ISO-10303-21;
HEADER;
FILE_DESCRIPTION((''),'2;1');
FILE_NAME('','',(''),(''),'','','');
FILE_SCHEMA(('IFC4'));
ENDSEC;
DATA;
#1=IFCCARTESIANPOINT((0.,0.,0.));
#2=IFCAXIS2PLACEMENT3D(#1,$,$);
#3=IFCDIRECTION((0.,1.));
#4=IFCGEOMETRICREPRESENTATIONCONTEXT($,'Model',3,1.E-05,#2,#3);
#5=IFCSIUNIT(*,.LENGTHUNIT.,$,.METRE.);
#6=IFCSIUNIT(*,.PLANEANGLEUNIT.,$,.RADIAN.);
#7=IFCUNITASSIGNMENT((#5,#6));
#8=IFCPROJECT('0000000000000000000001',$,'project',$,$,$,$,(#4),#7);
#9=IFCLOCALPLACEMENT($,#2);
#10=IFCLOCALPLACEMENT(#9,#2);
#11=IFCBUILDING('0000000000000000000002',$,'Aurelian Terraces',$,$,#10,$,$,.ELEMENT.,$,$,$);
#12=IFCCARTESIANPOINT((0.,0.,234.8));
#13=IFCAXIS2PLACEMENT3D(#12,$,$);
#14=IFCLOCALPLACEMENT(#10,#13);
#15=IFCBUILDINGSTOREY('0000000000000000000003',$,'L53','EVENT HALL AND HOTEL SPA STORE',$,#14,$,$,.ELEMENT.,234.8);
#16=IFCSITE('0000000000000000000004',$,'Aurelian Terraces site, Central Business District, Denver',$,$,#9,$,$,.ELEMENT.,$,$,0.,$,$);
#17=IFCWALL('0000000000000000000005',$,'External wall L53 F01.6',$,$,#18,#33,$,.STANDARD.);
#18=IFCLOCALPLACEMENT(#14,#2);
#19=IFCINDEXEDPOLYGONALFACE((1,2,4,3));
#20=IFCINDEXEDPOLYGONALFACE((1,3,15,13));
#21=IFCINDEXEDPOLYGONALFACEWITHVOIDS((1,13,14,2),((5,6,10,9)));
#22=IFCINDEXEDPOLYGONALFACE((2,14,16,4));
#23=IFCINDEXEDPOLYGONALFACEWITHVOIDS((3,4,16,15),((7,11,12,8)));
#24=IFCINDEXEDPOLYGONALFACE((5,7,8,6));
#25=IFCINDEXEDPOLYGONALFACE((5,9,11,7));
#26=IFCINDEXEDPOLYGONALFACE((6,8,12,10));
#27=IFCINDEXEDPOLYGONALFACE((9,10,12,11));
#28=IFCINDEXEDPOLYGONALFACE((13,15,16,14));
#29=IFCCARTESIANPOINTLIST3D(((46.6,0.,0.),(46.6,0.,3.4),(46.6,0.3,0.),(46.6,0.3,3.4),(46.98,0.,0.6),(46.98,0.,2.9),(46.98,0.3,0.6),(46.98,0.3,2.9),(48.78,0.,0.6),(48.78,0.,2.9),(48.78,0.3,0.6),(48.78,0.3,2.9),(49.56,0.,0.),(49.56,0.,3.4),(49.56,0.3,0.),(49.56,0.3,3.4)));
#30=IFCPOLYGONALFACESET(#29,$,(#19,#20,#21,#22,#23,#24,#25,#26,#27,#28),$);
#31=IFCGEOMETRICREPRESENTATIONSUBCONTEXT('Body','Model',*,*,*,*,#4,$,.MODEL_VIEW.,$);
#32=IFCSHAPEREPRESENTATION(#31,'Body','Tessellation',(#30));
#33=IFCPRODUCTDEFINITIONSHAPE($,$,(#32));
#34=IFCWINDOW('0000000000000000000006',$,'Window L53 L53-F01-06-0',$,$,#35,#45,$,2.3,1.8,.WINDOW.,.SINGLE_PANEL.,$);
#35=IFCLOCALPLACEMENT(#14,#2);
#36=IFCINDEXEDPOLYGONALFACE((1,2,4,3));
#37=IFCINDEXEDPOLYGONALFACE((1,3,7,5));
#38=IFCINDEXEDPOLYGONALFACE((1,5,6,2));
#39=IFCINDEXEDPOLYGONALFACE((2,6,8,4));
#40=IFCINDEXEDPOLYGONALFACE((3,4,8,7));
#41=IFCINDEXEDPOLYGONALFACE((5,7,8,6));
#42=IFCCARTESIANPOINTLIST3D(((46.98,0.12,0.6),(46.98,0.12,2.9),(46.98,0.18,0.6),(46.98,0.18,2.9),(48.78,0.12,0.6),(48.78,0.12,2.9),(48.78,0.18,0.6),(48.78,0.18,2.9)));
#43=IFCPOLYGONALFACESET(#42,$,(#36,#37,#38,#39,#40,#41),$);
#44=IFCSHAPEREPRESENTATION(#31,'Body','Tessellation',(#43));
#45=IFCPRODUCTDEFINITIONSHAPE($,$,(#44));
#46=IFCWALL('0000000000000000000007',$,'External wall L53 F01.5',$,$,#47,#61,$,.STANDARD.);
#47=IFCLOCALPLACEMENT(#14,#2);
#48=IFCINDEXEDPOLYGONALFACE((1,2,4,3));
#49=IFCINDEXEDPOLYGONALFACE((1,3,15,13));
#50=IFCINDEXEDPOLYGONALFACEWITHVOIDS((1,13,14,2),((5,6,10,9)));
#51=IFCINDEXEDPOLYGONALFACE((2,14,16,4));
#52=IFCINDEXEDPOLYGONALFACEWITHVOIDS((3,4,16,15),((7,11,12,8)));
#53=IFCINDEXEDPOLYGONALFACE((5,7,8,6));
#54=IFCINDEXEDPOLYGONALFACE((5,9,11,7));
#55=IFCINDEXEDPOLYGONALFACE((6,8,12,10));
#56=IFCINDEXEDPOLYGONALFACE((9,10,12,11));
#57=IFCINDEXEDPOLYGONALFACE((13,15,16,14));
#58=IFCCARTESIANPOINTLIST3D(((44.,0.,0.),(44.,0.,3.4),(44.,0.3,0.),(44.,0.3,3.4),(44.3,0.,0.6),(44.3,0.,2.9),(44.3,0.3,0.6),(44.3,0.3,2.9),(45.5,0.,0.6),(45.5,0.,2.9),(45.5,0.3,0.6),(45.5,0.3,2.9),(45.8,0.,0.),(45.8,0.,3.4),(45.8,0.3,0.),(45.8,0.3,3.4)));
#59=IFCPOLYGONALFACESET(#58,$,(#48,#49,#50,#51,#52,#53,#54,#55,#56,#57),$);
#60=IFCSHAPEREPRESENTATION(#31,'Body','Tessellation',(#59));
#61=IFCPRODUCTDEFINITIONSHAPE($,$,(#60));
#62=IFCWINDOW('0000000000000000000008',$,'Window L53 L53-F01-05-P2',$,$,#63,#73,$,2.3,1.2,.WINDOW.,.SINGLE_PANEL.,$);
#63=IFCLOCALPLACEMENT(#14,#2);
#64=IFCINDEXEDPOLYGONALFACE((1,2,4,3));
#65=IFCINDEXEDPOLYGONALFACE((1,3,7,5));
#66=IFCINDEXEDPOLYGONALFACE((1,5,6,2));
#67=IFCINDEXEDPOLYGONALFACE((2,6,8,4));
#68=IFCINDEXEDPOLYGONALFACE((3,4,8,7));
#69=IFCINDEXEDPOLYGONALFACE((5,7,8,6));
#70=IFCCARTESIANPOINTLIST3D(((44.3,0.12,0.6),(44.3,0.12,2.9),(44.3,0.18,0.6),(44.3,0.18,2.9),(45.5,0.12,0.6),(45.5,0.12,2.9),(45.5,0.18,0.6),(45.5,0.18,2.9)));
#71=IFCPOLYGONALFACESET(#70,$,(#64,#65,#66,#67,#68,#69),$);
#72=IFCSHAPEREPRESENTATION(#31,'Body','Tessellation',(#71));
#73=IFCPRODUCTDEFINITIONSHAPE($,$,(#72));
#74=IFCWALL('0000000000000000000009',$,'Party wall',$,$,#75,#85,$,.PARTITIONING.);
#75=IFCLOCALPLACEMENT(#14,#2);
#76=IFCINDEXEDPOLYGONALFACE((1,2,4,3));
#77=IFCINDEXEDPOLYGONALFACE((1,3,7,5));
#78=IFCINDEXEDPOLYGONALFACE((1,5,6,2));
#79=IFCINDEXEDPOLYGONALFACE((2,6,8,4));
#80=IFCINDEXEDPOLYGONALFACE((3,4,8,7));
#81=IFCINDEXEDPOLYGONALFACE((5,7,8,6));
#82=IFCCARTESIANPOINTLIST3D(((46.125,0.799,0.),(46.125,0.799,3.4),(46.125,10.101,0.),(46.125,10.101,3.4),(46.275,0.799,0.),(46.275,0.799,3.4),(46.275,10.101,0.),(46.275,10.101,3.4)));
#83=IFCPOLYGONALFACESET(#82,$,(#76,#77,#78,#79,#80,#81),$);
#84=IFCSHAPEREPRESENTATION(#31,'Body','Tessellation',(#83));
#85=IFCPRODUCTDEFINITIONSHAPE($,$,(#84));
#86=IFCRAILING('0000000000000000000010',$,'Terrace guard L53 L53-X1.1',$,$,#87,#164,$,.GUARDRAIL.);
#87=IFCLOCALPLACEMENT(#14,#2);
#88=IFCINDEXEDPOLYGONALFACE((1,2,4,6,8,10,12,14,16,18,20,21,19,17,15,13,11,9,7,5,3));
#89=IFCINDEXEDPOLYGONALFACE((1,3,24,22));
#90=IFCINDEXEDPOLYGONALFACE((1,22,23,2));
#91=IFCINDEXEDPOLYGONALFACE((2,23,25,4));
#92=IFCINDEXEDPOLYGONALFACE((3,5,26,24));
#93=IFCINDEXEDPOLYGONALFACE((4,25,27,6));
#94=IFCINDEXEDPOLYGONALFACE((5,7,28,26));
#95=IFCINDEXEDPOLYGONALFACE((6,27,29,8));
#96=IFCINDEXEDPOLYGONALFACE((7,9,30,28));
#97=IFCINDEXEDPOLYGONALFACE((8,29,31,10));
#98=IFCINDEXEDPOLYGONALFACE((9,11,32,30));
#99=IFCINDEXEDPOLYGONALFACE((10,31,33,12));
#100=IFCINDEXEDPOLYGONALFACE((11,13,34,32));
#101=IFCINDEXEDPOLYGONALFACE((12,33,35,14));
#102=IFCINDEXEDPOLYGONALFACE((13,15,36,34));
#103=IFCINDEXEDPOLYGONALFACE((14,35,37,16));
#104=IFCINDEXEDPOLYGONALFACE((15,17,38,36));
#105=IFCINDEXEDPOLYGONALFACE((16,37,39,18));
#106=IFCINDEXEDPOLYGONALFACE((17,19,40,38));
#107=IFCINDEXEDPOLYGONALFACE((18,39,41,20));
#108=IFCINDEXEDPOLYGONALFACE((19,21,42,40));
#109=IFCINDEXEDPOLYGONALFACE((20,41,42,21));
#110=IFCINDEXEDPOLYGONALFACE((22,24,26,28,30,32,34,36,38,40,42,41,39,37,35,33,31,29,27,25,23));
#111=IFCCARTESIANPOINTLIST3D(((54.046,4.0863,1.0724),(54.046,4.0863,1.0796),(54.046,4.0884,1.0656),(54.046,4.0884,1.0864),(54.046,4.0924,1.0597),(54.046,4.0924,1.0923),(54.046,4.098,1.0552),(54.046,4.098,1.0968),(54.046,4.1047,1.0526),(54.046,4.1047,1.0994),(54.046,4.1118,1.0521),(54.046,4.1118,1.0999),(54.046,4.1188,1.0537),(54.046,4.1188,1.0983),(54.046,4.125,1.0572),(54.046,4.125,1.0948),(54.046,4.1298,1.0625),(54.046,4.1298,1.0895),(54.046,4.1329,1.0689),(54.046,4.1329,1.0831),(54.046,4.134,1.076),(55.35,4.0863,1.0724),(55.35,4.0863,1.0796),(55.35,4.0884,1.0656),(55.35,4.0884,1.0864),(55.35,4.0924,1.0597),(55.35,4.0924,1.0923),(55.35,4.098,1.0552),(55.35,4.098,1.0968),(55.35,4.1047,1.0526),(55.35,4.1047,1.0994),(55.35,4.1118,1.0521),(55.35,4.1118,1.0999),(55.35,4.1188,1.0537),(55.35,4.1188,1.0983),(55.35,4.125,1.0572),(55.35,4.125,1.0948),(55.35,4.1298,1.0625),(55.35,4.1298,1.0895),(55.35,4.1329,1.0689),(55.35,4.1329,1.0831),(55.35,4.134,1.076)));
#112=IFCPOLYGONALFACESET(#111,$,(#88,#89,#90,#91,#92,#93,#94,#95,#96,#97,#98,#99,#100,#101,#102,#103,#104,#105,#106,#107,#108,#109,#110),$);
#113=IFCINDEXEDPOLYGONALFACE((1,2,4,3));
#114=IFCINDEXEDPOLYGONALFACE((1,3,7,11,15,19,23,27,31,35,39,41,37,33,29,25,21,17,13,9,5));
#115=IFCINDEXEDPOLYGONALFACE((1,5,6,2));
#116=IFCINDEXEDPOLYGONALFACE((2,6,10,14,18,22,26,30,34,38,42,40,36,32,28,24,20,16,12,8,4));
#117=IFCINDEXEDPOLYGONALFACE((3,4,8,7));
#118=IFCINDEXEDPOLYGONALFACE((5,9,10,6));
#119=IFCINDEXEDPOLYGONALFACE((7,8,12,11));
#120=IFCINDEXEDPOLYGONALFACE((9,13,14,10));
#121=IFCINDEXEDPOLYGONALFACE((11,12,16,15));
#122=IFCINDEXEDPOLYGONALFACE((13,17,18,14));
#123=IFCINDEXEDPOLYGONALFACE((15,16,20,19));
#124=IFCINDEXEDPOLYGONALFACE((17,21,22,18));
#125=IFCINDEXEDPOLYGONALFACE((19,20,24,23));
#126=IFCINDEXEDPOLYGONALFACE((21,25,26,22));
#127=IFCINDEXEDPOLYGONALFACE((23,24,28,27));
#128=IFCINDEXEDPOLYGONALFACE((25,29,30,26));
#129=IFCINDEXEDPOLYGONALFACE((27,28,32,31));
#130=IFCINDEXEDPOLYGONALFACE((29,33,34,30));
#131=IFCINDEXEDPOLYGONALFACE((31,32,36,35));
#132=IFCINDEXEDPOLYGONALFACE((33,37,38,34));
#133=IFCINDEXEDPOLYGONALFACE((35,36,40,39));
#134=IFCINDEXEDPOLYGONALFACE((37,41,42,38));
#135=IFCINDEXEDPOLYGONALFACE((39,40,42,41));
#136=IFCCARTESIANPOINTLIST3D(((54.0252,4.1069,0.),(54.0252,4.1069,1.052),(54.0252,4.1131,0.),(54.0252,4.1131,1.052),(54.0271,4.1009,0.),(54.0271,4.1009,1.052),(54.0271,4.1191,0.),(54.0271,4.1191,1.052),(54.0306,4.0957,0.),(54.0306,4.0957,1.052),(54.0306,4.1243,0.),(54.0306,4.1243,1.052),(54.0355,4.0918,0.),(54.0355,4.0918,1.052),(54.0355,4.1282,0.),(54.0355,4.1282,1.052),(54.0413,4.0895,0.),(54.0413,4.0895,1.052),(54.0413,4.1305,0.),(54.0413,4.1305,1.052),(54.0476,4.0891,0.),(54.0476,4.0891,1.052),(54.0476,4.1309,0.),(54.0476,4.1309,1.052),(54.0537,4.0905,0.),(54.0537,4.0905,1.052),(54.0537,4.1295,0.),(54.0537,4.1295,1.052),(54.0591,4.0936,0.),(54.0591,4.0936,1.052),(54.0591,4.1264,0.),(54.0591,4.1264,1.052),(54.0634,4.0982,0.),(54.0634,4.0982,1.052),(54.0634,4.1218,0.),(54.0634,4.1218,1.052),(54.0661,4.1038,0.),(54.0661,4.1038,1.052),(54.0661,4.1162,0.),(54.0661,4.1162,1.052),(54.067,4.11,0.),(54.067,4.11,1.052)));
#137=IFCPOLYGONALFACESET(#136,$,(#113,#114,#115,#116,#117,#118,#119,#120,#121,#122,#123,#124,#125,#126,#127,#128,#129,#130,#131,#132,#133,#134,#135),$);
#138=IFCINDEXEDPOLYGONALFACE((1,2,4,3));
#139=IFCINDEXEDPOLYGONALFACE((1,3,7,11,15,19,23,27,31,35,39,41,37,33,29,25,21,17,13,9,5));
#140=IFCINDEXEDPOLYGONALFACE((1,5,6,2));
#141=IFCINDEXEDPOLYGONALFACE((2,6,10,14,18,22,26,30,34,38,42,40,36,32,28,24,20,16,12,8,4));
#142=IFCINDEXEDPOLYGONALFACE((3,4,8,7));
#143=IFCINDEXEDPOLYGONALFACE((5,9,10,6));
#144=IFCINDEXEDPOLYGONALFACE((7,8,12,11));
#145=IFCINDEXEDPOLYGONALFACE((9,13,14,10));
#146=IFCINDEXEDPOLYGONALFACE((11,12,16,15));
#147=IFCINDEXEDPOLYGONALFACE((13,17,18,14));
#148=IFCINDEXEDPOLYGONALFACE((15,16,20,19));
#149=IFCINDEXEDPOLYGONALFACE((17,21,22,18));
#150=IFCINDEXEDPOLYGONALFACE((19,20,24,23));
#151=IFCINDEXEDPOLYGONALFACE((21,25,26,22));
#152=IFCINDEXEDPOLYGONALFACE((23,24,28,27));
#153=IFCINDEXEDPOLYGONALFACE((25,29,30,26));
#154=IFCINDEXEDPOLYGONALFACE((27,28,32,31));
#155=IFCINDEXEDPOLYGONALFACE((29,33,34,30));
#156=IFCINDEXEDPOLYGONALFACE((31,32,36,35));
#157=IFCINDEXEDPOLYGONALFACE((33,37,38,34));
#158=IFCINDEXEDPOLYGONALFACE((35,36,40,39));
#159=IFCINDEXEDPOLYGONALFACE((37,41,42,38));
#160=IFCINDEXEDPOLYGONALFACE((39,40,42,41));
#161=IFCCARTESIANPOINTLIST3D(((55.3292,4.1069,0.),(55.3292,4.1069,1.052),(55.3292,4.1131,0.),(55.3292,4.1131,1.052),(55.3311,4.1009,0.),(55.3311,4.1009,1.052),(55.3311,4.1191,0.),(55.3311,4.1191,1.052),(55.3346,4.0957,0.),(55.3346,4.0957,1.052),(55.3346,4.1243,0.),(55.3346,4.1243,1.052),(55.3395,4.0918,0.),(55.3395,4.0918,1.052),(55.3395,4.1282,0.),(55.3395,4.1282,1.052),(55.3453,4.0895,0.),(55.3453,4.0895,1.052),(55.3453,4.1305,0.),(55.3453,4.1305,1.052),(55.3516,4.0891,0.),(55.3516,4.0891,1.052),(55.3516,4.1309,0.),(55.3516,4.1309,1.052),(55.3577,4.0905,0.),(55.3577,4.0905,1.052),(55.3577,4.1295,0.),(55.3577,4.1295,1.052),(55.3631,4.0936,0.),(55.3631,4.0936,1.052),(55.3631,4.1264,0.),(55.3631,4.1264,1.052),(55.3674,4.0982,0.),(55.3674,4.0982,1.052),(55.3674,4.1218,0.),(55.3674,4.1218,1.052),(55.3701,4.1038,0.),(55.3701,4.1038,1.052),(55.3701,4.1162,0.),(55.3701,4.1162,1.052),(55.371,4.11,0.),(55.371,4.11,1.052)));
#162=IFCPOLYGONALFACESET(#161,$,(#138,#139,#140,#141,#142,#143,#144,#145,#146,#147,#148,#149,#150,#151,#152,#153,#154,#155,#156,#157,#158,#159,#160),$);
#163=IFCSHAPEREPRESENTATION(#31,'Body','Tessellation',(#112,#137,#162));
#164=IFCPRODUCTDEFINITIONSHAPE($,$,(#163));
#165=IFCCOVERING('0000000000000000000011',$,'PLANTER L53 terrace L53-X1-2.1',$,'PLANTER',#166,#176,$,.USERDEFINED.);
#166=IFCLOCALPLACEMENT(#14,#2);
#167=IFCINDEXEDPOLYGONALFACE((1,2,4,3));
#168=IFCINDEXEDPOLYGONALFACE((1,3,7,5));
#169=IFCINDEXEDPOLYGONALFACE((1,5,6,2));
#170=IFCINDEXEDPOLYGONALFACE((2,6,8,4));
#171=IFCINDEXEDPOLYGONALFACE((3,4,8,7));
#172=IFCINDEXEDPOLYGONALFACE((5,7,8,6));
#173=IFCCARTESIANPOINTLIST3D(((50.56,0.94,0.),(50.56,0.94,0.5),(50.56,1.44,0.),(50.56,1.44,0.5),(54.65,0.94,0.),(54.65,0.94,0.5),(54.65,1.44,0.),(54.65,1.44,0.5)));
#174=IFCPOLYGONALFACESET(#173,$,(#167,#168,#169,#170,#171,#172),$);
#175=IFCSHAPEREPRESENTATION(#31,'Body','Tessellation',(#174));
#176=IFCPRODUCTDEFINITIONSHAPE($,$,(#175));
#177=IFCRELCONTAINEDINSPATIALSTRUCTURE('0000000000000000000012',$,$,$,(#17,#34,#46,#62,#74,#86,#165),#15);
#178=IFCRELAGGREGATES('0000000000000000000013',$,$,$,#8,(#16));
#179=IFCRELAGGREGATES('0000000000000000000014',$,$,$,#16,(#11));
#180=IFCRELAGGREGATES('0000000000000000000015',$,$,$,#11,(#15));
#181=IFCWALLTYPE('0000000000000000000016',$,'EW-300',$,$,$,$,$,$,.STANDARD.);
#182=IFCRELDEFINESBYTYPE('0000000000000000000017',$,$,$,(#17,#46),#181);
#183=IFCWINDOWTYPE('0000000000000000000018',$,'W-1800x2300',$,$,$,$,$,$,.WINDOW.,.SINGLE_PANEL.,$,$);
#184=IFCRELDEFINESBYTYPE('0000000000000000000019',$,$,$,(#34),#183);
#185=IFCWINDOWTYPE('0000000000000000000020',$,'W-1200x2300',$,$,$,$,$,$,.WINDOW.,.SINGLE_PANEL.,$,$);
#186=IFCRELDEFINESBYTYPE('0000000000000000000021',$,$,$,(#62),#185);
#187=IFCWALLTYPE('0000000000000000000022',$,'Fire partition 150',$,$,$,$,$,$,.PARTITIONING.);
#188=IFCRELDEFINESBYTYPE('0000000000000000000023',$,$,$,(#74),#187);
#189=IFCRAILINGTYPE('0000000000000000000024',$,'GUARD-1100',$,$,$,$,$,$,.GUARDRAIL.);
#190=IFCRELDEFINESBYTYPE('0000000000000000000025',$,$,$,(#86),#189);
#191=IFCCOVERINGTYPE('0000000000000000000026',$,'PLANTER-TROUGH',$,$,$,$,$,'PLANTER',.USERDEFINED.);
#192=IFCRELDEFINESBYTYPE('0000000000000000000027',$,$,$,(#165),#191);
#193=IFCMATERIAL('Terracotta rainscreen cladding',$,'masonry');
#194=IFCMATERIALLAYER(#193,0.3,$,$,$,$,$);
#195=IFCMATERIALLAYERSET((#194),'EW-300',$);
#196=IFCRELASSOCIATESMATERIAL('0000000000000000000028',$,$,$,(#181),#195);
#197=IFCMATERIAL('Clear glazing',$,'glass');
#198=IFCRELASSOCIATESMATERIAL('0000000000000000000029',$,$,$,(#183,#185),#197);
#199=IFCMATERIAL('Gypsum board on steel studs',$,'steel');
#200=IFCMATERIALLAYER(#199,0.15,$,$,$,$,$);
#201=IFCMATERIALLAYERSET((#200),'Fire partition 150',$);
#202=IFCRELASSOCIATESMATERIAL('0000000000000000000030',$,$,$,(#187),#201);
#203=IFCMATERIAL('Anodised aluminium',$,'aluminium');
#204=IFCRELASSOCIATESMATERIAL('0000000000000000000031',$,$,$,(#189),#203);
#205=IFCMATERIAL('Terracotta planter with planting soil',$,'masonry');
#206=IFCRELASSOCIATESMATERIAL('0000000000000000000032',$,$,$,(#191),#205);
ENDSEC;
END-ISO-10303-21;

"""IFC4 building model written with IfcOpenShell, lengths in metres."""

from ifc_helpers import new_model, si_unit, direction, frame, frame_2d, origin, origin_2d, place, context, subcontext, project, spatial, rectangle, circle, extrude, source, transform, mapped, material, layer, layer_set, type_object, element, fill, save


model = new_model("IFC4")

# Units and contexts
model_context = context("Model", 3, precision=1e-05, world=origin(), true_north=direction((0.0, 1.0)))
body_context = subcontext(model_context, "Body", "Model", "MODEL_VIEW")
ifc_project = project(units=[si_unit("LENGTHUNIT", "METRE"), si_unit("PLANEANGLEUNIT", "RADIAN")], contexts=[model_context])

# Site, building, storey
site_placement = place(None, origin())
site = spatial("IfcSite", under=ifc_project, at=site_placement, Name="Aurelian Terraces site, Central Business District, Denver", CompositionType="ELEMENT", RefElevation=0.0)
building_placement = place(site_placement, origin())
building = spatial("IfcBuilding", under=site, at=building_placement, Name="Aurelian Terraces", CompositionType="ELEMENT")
storey_placement = place(building_placement, frame((0.0, 0.0, 234.8)))
storey = spatial("IfcBuildingStorey", under=building, at=storey_placement, Name="L53", Description="EVENT HALL AND HOTEL SPA STORE", CompositionType="ELEMENT", Elevation=234.8)

# Shared definitions
ifc_material_1 = material(Name="Terracotta rainscreen cladding", Category="masonry")
ifc_layer_1 = layer(ifc_material_1, 0.3)
ifc_layer_set_1 = layer_set([ifc_layer_1], Name="EW-300")
wall_type_1 = type_object("IfcWallType", Name="EW-300", PredefinedType="STANDARD", material=ifc_layer_set_1)
ifc_material_2 = material(Name="Clear glazing", Category="glass")

# Walls, openings, windows
shared_shape_1 = source(origin(), body_context, "Body", "SweptSolid", [
    extrude(rectangle(XDim=1.8, YDim=2.3, at=frame_2d((0.9, 1.15))), frame((0.0, 0.16, 0.0), z_axis=(0.0, -1.0, 0.0), x_axis=(1.0, 0.0, 0.0)), (0.0, 0.0, 1.0), 0.32),
])
window_type_1 = type_object("IfcWindowType", Name="W-1800x2300", PartitioningType="SINGLE_PANEL", PredefinedType="WINDOW", material=ifc_material_2)
shared_shape_2 = source(origin(), body_context, "Body", "SweptSolid", [
    extrude(rectangle(XDim=1.8, YDim=2.3, at=frame_2d((0.9, 1.15))), frame((0.0, 0.03, 0.0), z_axis=(0.0, -1.0, 0.0), x_axis=(1.0, 0.0, 0.0)), (0.0, 0.0, 1.0), 0.06),
])
shared_shape_3 = source(origin(), body_context, "Body", "SweptSolid", [
    extrude(rectangle(XDim=2.96, YDim=0.3, at=frame_2d((1.48, 0.0))), origin(), (0.0, 0.0, 1.0), 3.4),
])
wall_1_placement = place(storey_placement, frame((46.6, 0.15, 0.0), z_axis=(0.0, 0.0, 1.0), x_axis=(1.0, 0.0, 0.0)))
wall_1 = element("IfcWall", 1, at=wall_1_placement, inside=storey, type_object=wall_type_1, Name="External wall L53 F01.6", PredefinedType="STANDARD", context=body_context, shape_type="MappedRepresentation", body=[
    mapped(shared_shape_3, transform((0.0, 0.0, 0.0), scale=1.0)),
])
opening_1_placement = place(wall_1_placement, frame((0.38, 0.0, 0.6)))
opening_1 = element("IfcOpeningElement", 2, at=opening_1_placement, cuts=wall_1, PredefinedType="OPENING", context=body_context, shape_type="MappedRepresentation", body=[
    mapped(shared_shape_1, transform((0.0, 0.0, 0.0), scale=1.0)),
])
window_1_placement = place(opening_1_placement, origin())
window_1 = element("IfcWindow", 3, at=window_1_placement, inside=storey, type_object=window_type_1, Name="Window L53 L53-F01-06-0", OverallHeight=2.3, OverallWidth=1.8, PartitioningType="SINGLE_PANEL", PredefinedType="WINDOW", context=body_context, shape_type="MappedRepresentation", body=[
    mapped(shared_shape_2, transform((0.0, 0.0, 0.0), scale=1.0)),
])
fill(opening_1, window_1)
shared_shape_4 = source(origin(), body_context, "Body", "SweptSolid", [
    extrude(rectangle(XDim=1.8, YDim=0.3, at=frame_2d((0.9, 0.0))), origin(), (0.0, 0.0, 1.0), 3.4),
])
wall_2_placement = place(storey_placement, frame((44.0, 0.15, 0.0), z_axis=(0.0, 0.0, 1.0), x_axis=(1.0, 0.0, 0.0)))
wall_2 = element("IfcWall", 4, at=wall_2_placement, inside=storey, type_object=wall_type_1, Name="External wall L53 F01.5", PredefinedType="STANDARD", context=body_context, shape_type="MappedRepresentation", body=[
    mapped(shared_shape_4, transform((0.0, 0.0, 0.0), scale=1.0)),
])
shared_shape_5 = source(origin(), body_context, "Body", "SweptSolid", [
    extrude(rectangle(XDim=1.2, YDim=2.3, at=frame_2d((0.6, 1.15))), frame((0.0, 0.16, 0.0), z_axis=(0.0, -1.0, 0.0), x_axis=(1.0, 0.0, 0.0)), (0.0, 0.0, 1.0), 0.32),
])
opening_2_placement = place(wall_2_placement, frame((0.3, 0.0, 0.6)))
opening_2 = element("IfcOpeningElement", 5, at=opening_2_placement, cuts=wall_2, PredefinedType="OPENING", context=body_context, shape_type="MappedRepresentation", body=[
    mapped(shared_shape_5, transform((0.0, 0.0, 0.0), scale=1.0)),
])
window_type_2 = type_object("IfcWindowType", Name="W-1200x2300", PartitioningType="SINGLE_PANEL", PredefinedType="WINDOW", material=ifc_material_2)
shared_shape_6 = source(origin(), body_context, "Body", "SweptSolid", [
    extrude(rectangle(XDim=1.2, YDim=2.3, at=frame_2d((0.6, 1.15))), frame((0.0, 0.03, 0.0), z_axis=(0.0, -1.0, 0.0), x_axis=(1.0, 0.0, 0.0)), (0.0, 0.0, 1.0), 0.06),
])
window_2_placement = place(opening_2_placement, origin())
window_2 = element("IfcWindow", 6, at=window_2_placement, inside=storey, type_object=window_type_2, Name="Window L53 L53-F01-05-P2", OverallHeight=2.3, OverallWidth=1.2, PartitioningType="SINGLE_PANEL", PredefinedType="WINDOW", context=body_context, shape_type="MappedRepresentation", body=[
    mapped(shared_shape_6, transform((0.0, 0.0, 0.0), scale=1.0)),
])
fill(opening_2, window_2)

# Wall
ifc_material_3 = material(Name="Gypsum board on steel studs", Category="steel")
ifc_layer_2 = layer(ifc_material_3, 0.15)
ifc_layer_set_2 = layer_set([ifc_layer_2], Name="Fire partition 150")
wall_type_2 = type_object("IfcWallType", Name="Fire partition 150", PredefinedType="PARTITIONING", material=ifc_layer_set_2)
shared_shape_7 = source(origin(), body_context, "Body", "SweptSolid", [
    extrude(rectangle(XDim=9.302, YDim=0.15, at=frame_2d((4.651, 0.0))), origin(), (0.0, 0.0, 1.0), 3.4),
])
wall_3_placement = place(storey_placement, frame((46.2, 0.799, 0.0), z_axis=(0.0, 0.0, 1.0), x_axis=(0.0, 1.0, 0.0)))
element("IfcWall", 7, at=wall_3_placement, inside=storey, type_object=wall_type_2, Name="Party wall", PredefinedType="PARTITIONING", context=body_context, shape_type="MappedRepresentation", body=[
    mapped(shared_shape_7, transform((0.0, 0.0, 0.0), scale=1.0)),
])

# Railing
ifc_material_4 = material(Name="Anodised aluminium", Category="aluminium")
railing_type = type_object("IfcRailingType", Name="GUARD-1100", PredefinedType="GUARDRAIL", material=ifc_material_4)
railing_1_placement = place(storey_placement, frame((54.046, 4.11, 0.0)))
element("IfcRailing", 8, at=railing_1_placement, inside=storey, type_object=railing_type, Name="Terrace guard L53 L53-X1.1", PredefinedType="GUARDRAIL", context=body_context, shape_type="SweptSolid", body=[
    extrude(circle(Radius=0.024, at=origin_2d()), frame((0.0, 0.0, 1.076), z_axis=(1.0, 0.0, 0.0), x_axis=(0.0, 1.0, 0.0)), (0.0, 0.0, 1.0), 1.304),
    extrude(circle(Radius=0.021, at=origin_2d()), origin(), (0.0, 0.0, 1.0), 1.052),
    extrude(circle(Radius=0.021, at=origin_2d()), frame((1.304, 0.0, 0.0)), (0.0, 0.0, 1.0), 1.052),
])

# Covering
ifc_material_5 = material(Name="Terracotta planter with planting soil", Category="masonry")
covering_type_1 = type_object("IfcCoveringType", Name="PLANTER-TROUGH", ElementType="PLANTER", PredefinedType="USERDEFINED", material=ifc_material_5)
shared_shape_8 = source(origin(), body_context, "Body", "SweptSolid", [
    extrude(rectangle(XDim=4.09, YDim=0.5, at=origin_2d()), origin(), (0.0, 0.0, 1.0), 0.5),
])
covering_1_placement = place(storey_placement, frame((52.605, 1.19, 0.0), z_axis=(0.0, 0.0, 1.0), x_axis=(1.0, 0.0, 0.0)))
element("IfcCovering", 9, at=covering_1_placement, inside=storey, type_object=covering_type_1, Name="PLANTER L53 terrace L53-X1-2.1", ObjectType="PLANTER", PredefinedType="USERDEFINED", context=body_context, shape_type="MappedRepresentation", body=[
    mapped(shared_shape_8, transform((0.0, 0.0, 0.0), scale=1.0)),
])

save(model, "model.ifc")
